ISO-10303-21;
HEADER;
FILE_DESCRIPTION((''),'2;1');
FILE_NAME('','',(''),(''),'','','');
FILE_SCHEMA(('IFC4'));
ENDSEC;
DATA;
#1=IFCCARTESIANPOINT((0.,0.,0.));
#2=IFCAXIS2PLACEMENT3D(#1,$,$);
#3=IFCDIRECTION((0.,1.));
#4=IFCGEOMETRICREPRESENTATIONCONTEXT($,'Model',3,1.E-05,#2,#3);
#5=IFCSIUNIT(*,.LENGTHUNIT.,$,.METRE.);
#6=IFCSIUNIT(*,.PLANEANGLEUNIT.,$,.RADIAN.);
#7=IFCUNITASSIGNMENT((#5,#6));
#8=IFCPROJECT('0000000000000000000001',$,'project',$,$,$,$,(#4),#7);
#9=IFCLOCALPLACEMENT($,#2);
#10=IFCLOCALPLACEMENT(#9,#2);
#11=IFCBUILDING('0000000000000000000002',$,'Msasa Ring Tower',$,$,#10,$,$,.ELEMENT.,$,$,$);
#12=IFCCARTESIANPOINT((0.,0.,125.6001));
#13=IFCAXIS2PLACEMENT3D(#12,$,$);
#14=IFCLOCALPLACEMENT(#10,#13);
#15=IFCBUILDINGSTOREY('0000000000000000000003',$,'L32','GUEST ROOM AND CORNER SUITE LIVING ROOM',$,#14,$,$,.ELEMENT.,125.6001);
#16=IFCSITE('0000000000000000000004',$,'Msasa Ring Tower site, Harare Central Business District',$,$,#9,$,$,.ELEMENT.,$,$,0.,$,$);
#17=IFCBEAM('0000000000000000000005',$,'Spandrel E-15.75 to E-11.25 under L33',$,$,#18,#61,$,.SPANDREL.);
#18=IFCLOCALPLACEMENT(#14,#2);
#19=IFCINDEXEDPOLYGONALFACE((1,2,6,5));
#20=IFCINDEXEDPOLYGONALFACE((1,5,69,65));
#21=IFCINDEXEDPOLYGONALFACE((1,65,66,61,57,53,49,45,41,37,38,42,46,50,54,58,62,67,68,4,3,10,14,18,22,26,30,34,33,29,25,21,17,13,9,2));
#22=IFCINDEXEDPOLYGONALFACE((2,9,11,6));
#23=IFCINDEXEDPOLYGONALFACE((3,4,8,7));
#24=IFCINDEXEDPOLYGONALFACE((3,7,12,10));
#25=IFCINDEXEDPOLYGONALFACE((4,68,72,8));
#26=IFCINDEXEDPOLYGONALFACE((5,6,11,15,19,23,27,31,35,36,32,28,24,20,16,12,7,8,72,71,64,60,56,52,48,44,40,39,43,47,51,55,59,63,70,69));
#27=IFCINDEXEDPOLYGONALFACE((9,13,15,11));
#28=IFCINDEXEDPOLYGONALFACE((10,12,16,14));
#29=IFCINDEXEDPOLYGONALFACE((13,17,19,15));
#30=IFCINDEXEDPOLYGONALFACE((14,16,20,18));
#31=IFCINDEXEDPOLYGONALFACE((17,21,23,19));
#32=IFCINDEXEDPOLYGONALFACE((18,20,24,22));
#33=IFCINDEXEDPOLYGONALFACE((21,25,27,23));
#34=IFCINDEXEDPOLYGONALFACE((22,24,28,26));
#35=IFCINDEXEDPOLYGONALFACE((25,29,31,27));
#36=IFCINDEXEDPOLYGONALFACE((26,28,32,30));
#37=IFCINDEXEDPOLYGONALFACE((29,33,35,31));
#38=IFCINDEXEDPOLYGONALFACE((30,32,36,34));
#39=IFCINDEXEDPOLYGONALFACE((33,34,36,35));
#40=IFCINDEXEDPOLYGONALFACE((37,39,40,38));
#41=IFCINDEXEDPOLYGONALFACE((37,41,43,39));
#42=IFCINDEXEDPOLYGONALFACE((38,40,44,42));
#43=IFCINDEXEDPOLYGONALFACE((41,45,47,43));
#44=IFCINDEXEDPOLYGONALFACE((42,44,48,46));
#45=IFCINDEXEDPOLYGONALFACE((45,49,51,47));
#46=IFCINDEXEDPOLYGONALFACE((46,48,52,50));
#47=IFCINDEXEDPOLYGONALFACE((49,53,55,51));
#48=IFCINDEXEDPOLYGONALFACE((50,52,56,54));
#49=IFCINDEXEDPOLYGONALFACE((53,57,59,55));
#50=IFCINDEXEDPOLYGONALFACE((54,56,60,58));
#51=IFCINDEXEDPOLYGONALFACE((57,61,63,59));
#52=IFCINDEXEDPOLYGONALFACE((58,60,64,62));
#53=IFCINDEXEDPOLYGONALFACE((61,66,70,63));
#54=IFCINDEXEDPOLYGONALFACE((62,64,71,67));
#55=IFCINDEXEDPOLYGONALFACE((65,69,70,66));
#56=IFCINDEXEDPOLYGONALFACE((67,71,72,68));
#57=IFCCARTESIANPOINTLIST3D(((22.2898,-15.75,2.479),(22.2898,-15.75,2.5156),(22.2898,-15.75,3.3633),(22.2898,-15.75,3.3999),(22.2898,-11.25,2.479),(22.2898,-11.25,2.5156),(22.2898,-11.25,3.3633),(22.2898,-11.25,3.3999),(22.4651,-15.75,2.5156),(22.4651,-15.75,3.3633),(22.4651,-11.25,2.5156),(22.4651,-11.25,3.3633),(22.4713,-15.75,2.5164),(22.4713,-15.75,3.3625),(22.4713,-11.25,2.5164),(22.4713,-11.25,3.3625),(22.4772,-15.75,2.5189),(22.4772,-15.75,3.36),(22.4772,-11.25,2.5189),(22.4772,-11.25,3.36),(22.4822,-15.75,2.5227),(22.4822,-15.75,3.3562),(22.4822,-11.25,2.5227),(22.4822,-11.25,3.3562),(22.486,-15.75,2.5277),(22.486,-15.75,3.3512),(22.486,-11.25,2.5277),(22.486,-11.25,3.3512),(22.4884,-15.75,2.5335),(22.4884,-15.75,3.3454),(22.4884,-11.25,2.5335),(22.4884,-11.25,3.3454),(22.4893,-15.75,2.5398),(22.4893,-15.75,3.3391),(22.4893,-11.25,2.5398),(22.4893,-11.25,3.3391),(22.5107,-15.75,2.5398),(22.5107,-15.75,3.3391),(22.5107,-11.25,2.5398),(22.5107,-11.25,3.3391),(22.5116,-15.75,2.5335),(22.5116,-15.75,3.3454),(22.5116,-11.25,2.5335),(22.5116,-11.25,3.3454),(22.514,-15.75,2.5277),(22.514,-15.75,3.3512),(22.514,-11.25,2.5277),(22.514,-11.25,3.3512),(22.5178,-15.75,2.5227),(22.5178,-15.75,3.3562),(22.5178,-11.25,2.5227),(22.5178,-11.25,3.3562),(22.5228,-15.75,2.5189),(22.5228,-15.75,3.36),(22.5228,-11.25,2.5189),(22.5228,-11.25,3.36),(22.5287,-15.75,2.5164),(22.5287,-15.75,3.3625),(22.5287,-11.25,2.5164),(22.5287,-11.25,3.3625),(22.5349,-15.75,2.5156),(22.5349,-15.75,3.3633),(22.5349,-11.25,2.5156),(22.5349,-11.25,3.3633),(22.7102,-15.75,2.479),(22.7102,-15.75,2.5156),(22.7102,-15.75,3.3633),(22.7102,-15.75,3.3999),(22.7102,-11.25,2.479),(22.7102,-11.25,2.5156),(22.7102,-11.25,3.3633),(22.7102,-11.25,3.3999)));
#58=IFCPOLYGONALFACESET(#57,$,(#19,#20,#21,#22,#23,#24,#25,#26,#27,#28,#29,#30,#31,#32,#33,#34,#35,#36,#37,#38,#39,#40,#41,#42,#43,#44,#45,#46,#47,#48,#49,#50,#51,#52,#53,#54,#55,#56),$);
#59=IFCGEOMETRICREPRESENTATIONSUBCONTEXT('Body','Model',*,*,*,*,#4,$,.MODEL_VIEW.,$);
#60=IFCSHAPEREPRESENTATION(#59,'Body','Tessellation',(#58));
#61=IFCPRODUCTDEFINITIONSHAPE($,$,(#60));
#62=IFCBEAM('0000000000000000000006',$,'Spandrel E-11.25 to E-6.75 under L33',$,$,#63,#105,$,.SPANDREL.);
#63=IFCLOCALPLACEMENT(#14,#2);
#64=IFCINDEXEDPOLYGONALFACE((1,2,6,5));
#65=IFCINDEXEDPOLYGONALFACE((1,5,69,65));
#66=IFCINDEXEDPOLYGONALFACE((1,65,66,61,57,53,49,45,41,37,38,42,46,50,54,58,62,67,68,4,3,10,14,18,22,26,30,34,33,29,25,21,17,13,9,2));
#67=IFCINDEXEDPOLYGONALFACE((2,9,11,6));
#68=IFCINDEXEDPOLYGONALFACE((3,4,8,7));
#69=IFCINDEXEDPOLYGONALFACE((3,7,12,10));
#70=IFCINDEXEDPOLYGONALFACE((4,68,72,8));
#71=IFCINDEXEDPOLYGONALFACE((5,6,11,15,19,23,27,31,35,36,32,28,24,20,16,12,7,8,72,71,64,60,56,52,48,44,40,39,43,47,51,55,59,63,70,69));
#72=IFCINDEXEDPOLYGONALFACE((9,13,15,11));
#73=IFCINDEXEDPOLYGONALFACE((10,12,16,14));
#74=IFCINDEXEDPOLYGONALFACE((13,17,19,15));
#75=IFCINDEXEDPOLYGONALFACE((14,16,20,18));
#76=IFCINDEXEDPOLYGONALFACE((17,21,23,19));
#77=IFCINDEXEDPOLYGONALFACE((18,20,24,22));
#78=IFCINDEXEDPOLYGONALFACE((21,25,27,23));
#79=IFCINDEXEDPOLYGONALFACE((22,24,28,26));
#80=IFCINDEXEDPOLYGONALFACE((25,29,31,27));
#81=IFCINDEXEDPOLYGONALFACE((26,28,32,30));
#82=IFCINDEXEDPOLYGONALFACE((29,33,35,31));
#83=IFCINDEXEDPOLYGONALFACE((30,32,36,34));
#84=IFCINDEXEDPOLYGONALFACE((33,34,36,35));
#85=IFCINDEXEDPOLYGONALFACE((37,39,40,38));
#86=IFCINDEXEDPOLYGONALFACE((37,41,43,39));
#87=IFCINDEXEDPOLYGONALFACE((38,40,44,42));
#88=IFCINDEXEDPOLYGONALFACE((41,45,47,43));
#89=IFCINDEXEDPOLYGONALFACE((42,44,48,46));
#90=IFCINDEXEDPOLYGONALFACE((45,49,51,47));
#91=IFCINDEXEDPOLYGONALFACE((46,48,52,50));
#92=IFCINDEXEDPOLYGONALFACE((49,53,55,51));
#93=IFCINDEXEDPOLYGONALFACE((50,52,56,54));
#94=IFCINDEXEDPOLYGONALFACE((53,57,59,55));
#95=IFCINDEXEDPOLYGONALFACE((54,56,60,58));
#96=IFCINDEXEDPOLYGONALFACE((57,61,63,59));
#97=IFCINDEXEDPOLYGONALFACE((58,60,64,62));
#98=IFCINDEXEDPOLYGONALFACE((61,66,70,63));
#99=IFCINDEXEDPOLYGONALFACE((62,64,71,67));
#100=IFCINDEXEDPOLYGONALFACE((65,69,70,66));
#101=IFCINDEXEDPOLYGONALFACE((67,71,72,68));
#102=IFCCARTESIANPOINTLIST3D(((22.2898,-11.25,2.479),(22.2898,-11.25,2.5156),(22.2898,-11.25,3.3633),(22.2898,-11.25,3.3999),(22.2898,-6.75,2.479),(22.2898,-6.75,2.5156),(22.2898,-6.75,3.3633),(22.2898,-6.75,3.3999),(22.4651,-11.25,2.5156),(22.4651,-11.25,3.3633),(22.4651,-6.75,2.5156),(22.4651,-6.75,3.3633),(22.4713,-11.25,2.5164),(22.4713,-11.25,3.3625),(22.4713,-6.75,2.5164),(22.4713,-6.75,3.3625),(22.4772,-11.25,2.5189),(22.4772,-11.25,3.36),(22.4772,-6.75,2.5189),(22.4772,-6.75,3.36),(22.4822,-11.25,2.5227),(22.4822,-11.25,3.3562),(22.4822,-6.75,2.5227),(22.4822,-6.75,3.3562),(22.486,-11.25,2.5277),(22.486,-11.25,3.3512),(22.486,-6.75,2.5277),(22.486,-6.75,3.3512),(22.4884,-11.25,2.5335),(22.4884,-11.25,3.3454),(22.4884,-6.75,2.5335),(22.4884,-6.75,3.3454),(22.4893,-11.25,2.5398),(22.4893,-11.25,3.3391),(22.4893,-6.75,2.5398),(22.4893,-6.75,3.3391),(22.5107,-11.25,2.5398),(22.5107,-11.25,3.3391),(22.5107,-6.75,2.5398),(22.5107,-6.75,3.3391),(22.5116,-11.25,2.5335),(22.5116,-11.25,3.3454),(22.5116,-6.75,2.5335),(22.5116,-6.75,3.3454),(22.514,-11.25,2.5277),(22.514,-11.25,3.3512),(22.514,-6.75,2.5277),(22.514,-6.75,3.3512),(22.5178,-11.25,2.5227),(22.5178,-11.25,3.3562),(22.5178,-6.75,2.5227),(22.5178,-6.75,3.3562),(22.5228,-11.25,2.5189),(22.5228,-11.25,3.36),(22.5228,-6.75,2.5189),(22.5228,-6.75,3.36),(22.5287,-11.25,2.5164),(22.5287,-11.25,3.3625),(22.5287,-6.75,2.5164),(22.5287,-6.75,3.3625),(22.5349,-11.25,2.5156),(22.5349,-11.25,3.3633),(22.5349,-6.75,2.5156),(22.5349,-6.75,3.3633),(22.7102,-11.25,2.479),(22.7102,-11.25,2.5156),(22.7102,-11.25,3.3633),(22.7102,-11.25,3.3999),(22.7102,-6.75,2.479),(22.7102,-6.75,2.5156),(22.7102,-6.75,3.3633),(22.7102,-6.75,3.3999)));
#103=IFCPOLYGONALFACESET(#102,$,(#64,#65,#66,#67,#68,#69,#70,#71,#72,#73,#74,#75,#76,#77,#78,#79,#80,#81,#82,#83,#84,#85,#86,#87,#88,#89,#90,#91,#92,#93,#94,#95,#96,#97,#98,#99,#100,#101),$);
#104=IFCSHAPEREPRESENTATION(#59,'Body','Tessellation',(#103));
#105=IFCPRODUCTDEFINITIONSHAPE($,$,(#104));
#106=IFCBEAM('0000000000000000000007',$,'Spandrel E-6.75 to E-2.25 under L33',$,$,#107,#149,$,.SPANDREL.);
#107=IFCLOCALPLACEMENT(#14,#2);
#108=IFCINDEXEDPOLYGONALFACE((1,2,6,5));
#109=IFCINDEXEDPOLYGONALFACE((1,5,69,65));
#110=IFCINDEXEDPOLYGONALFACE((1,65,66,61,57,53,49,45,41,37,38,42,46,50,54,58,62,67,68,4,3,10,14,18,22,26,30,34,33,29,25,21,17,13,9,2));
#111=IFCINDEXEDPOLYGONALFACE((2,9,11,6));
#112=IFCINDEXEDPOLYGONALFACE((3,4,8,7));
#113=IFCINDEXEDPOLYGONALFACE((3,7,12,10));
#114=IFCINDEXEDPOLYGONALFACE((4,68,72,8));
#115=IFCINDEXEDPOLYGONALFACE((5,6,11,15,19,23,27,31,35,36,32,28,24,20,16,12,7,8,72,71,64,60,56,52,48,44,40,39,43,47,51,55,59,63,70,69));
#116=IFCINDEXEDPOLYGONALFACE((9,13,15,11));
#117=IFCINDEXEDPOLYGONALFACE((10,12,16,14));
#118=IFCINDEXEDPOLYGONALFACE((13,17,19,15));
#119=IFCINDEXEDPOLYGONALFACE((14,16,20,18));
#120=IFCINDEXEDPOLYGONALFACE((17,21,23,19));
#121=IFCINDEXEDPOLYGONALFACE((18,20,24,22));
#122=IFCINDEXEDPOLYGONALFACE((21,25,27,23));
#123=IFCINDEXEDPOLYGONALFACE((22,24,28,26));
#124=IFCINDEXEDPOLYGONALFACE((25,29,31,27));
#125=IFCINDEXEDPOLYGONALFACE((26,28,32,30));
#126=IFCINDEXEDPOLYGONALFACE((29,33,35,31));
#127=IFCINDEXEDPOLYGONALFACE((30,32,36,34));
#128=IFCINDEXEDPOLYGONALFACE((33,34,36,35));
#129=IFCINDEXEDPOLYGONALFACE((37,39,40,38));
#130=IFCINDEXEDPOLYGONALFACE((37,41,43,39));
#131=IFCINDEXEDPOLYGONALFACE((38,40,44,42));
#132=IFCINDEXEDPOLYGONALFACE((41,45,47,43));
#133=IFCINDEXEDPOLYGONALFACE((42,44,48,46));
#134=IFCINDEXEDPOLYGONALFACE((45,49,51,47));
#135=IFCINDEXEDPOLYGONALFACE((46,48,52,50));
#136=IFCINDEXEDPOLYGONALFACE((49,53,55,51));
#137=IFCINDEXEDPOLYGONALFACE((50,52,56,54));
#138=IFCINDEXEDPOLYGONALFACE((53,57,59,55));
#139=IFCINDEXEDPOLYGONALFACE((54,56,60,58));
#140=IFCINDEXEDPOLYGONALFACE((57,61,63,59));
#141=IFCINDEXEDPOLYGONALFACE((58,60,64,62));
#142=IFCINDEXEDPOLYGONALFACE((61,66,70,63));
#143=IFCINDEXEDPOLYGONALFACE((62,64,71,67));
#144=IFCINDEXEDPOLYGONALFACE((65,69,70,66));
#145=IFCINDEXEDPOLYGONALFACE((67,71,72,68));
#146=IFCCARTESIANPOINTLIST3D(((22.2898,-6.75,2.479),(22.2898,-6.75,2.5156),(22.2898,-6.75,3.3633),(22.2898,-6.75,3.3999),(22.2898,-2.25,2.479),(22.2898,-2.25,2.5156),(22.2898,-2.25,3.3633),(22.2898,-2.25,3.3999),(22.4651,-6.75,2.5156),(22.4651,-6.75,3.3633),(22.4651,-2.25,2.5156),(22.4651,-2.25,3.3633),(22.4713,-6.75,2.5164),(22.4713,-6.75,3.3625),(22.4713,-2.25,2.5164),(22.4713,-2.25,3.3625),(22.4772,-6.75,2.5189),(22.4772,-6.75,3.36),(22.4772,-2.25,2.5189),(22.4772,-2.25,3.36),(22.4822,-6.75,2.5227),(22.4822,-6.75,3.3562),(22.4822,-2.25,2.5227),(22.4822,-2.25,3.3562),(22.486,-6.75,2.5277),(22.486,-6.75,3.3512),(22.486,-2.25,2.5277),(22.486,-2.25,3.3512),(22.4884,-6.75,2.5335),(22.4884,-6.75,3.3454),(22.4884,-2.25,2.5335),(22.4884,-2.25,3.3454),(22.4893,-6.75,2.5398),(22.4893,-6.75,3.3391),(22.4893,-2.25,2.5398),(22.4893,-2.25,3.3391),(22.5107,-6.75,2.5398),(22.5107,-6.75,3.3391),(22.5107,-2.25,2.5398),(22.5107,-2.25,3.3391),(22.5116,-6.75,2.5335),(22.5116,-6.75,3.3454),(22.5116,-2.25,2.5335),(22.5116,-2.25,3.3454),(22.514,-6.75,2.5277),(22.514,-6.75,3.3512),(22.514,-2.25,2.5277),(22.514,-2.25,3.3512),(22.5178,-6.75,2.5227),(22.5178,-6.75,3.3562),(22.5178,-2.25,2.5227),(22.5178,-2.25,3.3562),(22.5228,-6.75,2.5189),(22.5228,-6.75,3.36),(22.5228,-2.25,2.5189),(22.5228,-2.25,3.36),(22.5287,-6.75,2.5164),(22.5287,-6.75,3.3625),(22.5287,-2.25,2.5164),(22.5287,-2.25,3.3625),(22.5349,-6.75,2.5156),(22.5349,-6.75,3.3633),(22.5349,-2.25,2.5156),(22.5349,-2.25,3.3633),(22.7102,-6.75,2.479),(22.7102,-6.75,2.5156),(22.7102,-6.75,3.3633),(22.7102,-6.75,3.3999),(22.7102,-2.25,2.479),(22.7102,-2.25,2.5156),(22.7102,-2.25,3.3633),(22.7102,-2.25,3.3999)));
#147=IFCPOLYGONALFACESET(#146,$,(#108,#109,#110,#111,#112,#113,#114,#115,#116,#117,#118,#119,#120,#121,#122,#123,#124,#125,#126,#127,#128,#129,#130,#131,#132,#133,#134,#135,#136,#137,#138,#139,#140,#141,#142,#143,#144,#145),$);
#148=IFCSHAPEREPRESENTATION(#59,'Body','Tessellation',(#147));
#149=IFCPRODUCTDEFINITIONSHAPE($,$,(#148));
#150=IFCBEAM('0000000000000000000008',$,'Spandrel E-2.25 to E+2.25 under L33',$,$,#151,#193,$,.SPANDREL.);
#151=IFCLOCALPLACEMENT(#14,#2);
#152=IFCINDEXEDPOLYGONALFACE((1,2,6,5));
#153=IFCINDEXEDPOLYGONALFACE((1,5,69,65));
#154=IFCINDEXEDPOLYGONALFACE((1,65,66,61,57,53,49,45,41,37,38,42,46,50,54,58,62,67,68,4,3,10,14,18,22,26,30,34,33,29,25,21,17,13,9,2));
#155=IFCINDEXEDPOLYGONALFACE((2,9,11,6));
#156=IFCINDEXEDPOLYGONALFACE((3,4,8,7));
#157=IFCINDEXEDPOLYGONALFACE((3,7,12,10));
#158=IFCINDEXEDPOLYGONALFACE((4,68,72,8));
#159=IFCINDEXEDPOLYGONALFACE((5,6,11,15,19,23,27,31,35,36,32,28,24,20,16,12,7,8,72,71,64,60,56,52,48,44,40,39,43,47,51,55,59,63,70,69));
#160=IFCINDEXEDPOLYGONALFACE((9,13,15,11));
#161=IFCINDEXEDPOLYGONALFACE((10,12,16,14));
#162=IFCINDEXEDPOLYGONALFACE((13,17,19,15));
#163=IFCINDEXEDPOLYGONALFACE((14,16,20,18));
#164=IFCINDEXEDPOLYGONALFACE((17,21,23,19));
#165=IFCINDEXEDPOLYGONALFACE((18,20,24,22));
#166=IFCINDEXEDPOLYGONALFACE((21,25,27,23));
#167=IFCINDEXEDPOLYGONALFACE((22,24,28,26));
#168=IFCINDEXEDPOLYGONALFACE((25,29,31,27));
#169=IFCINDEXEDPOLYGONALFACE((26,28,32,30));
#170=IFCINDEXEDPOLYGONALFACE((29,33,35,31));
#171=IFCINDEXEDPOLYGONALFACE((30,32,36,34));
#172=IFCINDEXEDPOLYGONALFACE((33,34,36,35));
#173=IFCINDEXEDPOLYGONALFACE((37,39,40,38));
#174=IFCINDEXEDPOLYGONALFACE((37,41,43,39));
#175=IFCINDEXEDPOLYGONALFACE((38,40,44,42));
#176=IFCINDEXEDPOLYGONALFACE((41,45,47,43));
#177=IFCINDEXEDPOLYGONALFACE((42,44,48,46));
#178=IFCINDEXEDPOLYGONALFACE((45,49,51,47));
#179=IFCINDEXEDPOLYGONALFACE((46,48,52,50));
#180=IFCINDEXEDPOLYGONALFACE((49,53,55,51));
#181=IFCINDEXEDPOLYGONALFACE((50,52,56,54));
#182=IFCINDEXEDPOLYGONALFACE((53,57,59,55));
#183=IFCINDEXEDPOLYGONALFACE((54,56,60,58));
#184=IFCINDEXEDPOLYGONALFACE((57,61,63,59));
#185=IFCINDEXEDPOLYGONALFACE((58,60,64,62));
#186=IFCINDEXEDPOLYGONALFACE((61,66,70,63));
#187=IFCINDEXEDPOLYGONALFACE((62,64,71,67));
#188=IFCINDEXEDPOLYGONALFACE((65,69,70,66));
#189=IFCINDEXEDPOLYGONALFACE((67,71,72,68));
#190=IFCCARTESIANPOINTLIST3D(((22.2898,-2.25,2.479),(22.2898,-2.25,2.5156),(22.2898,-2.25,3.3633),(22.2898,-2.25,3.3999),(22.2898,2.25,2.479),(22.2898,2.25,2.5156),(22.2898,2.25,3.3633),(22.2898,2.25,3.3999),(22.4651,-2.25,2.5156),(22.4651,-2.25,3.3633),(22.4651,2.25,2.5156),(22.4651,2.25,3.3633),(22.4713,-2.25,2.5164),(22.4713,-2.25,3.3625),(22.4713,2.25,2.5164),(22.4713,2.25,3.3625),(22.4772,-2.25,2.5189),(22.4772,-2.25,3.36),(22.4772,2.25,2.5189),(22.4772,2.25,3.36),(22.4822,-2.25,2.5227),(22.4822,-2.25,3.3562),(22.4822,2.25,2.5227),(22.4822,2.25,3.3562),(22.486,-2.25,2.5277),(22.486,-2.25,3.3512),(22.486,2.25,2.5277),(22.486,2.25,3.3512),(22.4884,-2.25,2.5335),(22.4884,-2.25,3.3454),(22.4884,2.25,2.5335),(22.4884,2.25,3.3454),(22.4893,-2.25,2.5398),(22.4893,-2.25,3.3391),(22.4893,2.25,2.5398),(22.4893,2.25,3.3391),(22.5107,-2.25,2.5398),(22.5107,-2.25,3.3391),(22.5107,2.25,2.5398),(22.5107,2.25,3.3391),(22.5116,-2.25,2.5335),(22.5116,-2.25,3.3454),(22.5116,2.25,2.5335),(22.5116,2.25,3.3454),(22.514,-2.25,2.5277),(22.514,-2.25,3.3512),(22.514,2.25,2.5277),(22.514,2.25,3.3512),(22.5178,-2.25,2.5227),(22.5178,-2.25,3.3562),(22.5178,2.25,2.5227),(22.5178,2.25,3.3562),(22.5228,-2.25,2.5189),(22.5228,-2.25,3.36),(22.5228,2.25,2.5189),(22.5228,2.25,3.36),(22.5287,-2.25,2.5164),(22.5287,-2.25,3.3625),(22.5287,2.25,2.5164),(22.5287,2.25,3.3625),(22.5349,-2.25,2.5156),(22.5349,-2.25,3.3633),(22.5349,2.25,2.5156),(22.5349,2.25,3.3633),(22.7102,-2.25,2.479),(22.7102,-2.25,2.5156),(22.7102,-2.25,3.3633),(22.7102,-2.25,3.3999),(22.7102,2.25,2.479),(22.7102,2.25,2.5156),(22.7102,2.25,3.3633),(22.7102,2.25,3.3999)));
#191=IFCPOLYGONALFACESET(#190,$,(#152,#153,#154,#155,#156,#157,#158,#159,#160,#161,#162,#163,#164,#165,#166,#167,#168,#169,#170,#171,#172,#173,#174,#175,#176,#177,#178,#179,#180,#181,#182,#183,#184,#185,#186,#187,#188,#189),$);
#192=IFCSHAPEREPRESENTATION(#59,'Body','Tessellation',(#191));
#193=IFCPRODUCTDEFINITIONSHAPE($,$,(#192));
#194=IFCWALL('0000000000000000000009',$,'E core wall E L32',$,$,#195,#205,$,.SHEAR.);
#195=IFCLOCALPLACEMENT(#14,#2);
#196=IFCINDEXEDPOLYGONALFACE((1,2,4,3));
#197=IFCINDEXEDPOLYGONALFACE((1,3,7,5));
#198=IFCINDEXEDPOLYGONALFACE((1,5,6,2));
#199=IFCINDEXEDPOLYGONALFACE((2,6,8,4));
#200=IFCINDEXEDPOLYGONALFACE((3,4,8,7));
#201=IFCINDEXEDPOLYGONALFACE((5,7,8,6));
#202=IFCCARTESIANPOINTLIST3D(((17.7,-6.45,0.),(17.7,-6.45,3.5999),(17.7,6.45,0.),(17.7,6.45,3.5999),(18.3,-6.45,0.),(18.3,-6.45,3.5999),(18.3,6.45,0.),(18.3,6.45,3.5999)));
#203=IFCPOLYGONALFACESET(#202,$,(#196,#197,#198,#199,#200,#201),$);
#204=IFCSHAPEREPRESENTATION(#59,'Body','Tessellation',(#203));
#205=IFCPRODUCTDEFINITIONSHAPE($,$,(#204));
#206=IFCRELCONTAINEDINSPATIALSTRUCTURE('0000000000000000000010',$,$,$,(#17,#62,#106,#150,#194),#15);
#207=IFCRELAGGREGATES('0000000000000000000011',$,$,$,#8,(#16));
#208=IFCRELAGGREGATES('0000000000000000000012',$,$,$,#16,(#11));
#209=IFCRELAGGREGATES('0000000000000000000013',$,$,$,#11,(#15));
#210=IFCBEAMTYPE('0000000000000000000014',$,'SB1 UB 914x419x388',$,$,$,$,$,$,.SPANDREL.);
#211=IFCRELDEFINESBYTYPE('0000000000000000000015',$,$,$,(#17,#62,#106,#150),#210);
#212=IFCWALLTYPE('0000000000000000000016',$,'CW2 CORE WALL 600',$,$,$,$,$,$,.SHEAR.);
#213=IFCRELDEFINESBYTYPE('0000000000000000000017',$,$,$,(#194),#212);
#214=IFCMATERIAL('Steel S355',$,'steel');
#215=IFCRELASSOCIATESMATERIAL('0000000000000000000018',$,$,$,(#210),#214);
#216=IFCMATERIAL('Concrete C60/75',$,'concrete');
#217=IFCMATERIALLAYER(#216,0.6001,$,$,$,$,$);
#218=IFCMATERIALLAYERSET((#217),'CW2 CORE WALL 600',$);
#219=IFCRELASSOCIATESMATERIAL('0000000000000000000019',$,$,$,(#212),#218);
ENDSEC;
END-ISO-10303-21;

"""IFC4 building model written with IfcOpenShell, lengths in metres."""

from ifc_helpers import new_model, si_unit, direction, frame, frame_2d, origin, origin_2d, place, context, subcontext, project, spatial, rectangle, i_section, extrude, material, layer, layer_set, material_profile, profile_set, type_object, element, save


model = new_model("IFC4")

# Units and contexts
model_context = context("Model", 3, precision=1e-05, world=origin(), true_north=direction((0.0, 1.0)))
body_context = subcontext(model_context, "Body", "Model", "MODEL_VIEW")
ifc_project = project(units=[si_unit("LENGTHUNIT", "METRE"), si_unit("PLANEANGLEUNIT", "RADIAN")], contexts=[model_context])

# Site, building, storey
site_placement = place(None, origin())
site = spatial("IfcSite", under=ifc_project, at=site_placement, Name="Msasa Ring Tower site, Harare Central Business District", CompositionType="ELEMENT", RefElevation=0.0)
building_placement = place(site_placement, origin())
building = spatial("IfcBuilding", under=site, at=building_placement, Name="Msasa Ring Tower", CompositionType="ELEMENT")
storey_placement = place(building_placement, frame((0.0, 0.0, 125.6001)))
storey = spatial("IfcBuildingStorey", under=building, at=storey_placement, Name="L32", Description="GUEST ROOM AND CORNER SUITE LIVING ROOM", CompositionType="ELEMENT", Elevation=125.6001)

# Beams
ifc_material_1 = material(Name="Steel S355", Category="steel")
ifc_material_profile_1 = material_profile(ifc_material_1, i_section(OverallWidth=0.4204, OverallDepth=0.9209, WebThickness=0.0215, FlangeThickness=0.0366, FilletRadius=0.0242, at=origin_2d()), Name="UB 914x419x388")
ifc_profile_set_1 = profile_set([ifc_material_profile_1], Name="Steel S355")
beam_type_1 = type_object("IfcBeamType", Name="SB1 UB 914x419x388", PredefinedType="SPANDREL", material=ifc_profile_set_1)
for number, where, z_axis, x_axis, name in (
    (1, (22.5, -15.75, 2.9395), (0.0, 1.0, 0.0), (-1.0, 0.0, 0.0), "Spandrel E-15.75 to E-11.25 under L33"),
    (2, (22.5, -11.25, 2.9395), (0.0, 1.0, 0.0), (-1.0, 0.0, 0.0), "Spandrel E-11.25 to E-6.75 under L33"),
    (3, (22.5, -6.75, 2.9395), (0.0, 1.0, 0.0), (-1.0, 0.0, 0.0), "Spandrel E-6.75 to E-2.25 under L33"),
    (4, (22.5, -2.25, 2.9395), (0.0, 1.0, 0.0), (-1.0, 0.0, 0.0), "Spandrel E-2.25 to E+2.25 under L33"),
):
    element("IfcBeam", number, at=place(storey_placement, frame(where, z_axis=z_axis, x_axis=x_axis)), inside=storey, type_object=beam_type_1, Name=name, PredefinedType="SPANDREL", context=body_context, shape_type="SweptSolid", body=[
        extrude(i_section(OverallWidth=0.4204, OverallDepth=0.9209, WebThickness=0.0215, FlangeThickness=0.0366, FilletRadius=0.0242, at=origin_2d()), origin(), (0.0, 0.0, 1.0), 4.5),
    ])

# Wall
ifc_material_2 = material(Name="Concrete C60/75", Category="concrete")
ifc_layer_1 = layer(ifc_material_2, 0.6001)
ifc_layer_set_1 = layer_set([ifc_layer_1], Name="CW2 CORE WALL 600")
wall_type_1 = type_object("IfcWallType", Name="CW2 CORE WALL 600", PredefinedType="SHEAR", material=ifc_layer_set_1)
wall_1_placement = place(storey_placement, frame((18.0, -6.45, 0.0), z_axis=(0.0, 0.0, 1.0), x_axis=(0.0, 1.0, 0.0)))
element("IfcWall", 5, at=wall_1_placement, inside=storey, type_object=wall_type_1, Name="E core wall E L32", PredefinedType="SHEAR", context=body_context, shape_type="SweptSolid", body=[
    extrude(rectangle(XDim=12.8999, YDim=0.6001, at=frame_2d((6.45, 0.0))), origin(), (0.0, 0.0, 1.0), 3.5999),
])

save(model, "model.ifc")
